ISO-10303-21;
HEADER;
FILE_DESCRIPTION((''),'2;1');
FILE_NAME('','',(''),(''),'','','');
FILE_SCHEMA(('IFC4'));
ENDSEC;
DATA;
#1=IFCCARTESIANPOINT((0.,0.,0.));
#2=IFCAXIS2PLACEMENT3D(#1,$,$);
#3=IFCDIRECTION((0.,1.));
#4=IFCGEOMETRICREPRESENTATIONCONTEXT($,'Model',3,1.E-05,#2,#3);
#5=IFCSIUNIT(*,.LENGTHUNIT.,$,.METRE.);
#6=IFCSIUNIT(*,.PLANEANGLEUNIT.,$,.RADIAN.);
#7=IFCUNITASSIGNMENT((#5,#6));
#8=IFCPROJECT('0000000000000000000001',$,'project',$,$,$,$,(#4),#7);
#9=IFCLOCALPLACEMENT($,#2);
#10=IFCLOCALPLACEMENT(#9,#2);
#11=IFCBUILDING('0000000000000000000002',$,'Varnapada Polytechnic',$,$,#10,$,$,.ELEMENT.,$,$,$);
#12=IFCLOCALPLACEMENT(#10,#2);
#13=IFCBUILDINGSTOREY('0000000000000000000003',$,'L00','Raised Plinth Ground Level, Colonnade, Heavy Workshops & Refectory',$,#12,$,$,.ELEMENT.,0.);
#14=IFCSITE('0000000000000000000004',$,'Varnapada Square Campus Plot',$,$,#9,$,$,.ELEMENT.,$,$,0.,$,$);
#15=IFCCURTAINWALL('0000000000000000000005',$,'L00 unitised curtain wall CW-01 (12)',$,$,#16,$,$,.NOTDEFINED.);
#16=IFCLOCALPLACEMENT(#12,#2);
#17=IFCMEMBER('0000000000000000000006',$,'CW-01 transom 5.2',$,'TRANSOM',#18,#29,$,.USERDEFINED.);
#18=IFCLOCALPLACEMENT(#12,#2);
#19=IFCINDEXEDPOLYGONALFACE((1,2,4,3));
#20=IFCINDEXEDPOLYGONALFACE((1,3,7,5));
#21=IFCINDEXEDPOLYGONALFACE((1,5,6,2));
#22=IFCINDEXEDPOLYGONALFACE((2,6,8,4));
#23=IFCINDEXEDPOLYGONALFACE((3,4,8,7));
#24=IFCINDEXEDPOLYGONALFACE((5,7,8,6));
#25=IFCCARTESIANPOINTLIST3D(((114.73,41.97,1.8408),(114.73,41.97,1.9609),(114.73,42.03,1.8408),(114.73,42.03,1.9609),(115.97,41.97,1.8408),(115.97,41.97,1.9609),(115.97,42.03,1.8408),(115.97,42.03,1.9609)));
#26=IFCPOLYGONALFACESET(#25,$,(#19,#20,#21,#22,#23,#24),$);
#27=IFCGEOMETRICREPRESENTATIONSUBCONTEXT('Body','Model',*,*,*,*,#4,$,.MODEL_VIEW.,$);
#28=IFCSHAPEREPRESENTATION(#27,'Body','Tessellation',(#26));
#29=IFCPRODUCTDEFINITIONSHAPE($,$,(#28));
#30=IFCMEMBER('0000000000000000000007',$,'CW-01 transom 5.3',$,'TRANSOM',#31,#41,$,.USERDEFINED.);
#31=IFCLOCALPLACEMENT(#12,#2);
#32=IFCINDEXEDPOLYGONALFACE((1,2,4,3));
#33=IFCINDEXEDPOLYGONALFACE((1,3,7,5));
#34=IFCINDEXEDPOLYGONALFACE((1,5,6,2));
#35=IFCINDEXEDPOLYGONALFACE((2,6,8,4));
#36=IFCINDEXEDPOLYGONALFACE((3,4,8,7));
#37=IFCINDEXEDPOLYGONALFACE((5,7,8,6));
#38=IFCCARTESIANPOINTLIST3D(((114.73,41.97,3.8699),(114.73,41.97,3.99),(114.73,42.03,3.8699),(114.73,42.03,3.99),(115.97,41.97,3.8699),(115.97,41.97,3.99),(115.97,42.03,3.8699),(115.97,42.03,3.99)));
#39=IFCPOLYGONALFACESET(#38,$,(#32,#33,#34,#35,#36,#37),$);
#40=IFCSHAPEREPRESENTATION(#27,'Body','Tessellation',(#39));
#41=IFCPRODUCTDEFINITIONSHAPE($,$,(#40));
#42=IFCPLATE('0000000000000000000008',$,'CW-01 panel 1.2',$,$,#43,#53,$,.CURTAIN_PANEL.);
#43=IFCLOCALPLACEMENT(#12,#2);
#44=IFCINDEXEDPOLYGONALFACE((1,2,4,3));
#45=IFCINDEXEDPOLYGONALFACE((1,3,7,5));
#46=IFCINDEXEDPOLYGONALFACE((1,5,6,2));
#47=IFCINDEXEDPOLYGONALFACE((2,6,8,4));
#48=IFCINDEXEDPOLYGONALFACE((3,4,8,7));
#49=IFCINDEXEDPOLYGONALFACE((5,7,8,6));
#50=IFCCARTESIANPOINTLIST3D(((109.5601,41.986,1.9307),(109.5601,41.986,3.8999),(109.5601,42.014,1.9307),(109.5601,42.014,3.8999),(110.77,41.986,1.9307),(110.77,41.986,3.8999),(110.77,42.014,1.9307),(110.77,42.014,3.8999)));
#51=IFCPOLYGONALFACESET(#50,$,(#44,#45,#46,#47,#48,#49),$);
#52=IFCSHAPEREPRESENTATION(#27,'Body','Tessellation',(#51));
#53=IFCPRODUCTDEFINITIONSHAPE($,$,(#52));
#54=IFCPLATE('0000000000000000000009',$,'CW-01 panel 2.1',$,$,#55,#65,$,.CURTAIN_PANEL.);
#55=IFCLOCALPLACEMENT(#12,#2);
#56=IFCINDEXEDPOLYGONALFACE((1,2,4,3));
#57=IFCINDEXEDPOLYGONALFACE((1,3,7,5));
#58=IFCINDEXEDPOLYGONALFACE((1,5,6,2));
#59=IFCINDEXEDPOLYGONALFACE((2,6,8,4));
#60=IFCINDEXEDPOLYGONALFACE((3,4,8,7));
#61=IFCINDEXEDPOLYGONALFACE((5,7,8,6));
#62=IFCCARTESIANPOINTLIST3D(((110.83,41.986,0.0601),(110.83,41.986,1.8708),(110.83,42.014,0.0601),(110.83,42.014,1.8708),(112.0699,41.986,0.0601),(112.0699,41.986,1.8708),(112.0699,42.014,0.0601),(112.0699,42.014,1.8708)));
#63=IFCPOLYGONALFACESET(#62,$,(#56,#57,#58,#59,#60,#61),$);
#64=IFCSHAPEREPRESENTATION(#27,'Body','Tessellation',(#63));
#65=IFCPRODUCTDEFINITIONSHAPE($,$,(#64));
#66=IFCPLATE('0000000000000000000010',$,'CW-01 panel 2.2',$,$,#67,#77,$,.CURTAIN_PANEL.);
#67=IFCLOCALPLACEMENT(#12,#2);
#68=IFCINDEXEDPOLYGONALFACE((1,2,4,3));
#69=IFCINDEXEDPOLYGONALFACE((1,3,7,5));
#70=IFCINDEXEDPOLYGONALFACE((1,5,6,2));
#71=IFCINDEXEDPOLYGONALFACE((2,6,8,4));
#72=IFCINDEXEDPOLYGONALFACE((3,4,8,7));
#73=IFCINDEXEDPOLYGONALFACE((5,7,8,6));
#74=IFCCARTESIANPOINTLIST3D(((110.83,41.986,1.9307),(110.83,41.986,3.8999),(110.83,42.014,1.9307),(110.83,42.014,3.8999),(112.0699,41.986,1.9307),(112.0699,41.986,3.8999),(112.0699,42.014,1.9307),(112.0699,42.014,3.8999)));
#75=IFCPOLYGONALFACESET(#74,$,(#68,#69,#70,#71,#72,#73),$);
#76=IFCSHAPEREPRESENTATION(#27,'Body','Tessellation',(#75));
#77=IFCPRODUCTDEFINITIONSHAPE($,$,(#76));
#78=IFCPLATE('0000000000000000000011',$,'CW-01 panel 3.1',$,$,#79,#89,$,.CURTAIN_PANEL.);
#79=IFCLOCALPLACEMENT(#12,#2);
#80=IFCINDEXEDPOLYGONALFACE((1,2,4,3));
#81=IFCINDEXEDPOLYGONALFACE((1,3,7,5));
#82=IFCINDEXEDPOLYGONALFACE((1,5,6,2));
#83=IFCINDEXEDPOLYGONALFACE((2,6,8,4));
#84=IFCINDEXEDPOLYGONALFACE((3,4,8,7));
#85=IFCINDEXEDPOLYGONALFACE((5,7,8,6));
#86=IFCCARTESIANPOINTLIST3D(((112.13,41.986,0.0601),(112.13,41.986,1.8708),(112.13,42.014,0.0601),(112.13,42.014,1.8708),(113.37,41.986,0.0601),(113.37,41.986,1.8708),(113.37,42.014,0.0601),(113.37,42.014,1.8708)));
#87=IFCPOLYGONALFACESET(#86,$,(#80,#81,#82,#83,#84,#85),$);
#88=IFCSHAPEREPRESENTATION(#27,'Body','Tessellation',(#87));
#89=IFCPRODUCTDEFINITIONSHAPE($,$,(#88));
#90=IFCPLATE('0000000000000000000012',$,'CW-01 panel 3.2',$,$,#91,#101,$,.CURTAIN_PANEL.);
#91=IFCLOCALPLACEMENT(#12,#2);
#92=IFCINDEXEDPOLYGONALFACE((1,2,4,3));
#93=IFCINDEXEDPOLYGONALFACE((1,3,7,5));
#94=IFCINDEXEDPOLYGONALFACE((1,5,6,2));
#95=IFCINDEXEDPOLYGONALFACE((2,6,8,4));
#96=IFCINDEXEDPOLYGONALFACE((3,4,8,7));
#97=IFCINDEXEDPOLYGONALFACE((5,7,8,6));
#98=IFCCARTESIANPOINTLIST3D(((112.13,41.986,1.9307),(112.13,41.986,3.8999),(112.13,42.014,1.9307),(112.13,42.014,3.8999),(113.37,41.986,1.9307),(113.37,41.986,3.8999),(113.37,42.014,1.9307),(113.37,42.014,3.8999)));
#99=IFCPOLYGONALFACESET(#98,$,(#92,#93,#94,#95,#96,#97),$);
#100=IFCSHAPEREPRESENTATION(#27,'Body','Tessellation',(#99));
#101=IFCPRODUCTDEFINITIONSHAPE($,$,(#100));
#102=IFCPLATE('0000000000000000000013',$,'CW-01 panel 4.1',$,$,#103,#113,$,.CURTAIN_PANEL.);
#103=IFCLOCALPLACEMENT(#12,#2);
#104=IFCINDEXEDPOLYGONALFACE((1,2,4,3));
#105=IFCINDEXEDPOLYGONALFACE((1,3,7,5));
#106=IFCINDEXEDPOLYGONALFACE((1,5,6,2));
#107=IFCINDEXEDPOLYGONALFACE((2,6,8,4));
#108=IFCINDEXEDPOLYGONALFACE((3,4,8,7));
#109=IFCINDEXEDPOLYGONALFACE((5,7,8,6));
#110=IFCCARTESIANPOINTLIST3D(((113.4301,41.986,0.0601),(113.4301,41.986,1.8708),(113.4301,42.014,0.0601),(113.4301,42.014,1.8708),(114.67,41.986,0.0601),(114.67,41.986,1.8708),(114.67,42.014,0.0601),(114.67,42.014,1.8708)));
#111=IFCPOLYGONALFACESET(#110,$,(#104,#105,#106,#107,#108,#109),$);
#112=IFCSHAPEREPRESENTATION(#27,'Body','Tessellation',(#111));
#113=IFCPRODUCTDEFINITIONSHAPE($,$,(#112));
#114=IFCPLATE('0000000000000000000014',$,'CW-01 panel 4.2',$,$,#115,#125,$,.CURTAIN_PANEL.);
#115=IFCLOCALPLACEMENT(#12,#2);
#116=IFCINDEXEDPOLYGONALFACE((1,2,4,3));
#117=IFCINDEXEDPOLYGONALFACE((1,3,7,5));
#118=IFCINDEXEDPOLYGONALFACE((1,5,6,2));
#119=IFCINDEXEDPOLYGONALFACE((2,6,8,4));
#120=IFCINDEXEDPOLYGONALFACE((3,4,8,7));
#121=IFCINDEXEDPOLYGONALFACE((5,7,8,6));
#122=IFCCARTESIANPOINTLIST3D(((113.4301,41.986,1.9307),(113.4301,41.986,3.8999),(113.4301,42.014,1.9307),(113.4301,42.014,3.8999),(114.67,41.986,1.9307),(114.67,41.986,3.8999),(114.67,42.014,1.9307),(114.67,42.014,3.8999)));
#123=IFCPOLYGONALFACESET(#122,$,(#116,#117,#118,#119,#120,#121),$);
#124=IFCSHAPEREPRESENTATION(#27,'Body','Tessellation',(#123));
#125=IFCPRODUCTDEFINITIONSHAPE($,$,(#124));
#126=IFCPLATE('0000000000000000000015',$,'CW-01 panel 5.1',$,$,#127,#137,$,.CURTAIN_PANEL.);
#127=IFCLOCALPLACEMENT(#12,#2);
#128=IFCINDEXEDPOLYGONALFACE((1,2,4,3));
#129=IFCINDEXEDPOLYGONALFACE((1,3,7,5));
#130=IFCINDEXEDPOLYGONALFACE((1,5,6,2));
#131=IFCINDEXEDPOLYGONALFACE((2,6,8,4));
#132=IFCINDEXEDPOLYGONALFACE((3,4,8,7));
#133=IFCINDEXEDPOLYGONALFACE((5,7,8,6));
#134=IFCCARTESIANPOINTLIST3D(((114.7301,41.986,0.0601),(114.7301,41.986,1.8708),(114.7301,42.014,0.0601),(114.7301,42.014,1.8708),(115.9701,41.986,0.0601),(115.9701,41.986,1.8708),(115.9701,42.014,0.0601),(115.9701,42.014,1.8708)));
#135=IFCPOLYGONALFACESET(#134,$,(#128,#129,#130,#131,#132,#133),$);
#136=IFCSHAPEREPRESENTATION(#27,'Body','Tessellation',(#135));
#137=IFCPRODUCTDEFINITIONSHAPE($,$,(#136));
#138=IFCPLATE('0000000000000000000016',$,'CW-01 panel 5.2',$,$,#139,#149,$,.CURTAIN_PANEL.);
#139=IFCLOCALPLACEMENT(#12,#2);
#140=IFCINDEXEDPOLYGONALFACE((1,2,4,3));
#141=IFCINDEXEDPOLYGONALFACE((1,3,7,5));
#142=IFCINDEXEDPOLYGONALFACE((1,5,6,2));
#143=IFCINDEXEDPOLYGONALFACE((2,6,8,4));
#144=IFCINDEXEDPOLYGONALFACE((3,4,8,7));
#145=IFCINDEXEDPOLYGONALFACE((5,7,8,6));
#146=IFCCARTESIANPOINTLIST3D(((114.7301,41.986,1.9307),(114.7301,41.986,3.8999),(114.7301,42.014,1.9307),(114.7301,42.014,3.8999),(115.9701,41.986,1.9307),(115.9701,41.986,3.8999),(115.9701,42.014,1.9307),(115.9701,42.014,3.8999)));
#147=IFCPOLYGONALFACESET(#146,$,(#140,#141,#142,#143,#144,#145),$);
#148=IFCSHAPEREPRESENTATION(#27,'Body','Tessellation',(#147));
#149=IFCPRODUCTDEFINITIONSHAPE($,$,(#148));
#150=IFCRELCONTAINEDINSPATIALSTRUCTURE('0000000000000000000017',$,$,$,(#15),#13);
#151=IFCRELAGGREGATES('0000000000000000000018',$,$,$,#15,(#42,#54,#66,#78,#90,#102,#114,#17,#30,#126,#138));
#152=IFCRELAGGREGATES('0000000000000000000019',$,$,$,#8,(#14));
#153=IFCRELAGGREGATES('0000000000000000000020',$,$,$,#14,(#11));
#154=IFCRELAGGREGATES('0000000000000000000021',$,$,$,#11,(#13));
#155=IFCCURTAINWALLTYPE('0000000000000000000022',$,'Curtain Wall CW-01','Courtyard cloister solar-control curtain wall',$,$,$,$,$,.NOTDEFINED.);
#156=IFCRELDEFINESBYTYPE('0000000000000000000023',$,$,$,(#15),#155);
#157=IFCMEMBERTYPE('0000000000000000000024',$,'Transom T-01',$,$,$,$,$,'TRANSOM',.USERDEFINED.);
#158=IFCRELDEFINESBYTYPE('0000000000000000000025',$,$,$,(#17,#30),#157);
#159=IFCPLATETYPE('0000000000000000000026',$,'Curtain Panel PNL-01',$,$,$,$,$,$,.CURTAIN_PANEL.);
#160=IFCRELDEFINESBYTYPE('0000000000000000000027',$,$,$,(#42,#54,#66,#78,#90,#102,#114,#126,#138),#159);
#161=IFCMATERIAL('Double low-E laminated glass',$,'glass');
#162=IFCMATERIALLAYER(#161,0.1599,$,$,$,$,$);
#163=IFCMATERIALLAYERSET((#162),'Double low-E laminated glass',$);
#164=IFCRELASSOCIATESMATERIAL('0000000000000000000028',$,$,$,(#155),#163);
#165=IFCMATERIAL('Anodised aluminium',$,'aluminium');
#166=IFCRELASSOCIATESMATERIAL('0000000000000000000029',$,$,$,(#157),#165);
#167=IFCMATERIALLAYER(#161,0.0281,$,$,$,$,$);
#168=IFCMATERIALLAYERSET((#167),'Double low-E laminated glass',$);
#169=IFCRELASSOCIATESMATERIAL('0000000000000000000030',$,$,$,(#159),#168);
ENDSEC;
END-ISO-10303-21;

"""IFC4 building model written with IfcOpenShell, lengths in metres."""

from ifc_helpers import new_model, si_unit, direction, frame, origin, origin_2d, place, context, subcontext, project, spatial, rectangle, extrude, material, layer, layer_set, material_profile, profile_set, type_object, element, aggregate, save


model = new_model("IFC4")

# Units and contexts
model_context = context("Model", 3, precision=1e-05, world=origin(), true_north=direction((0.0, 1.0)))
body_context = subcontext(model_context, "Body", "Model", "MODEL_VIEW")
ifc_project = project(units=[si_unit("LENGTHUNIT", "METRE"), si_unit("PLANEANGLEUNIT", "RADIAN")], contexts=[model_context])

# Site, building, storey
site_placement = place(None, origin())
site = spatial("IfcSite", under=ifc_project, at=site_placement, Name="Varnapada Square Campus Plot", CompositionType="ELEMENT", RefElevation=0.0)
building_placement = place(site_placement, origin())
building = spatial("IfcBuilding", under=site, at=building_placement, Name="Varnapada Polytechnic", CompositionType="ELEMENT")
storey_placement = place(building_placement, origin())
storey = spatial("IfcBuildingStorey", under=building, at=storey_placement, Name="L00", Description="Raised Plinth Ground Level, Colonnade, Heavy Workshops & Refectory", CompositionType="ELEMENT", Elevation=0.0)

# Curtain wall, members, plates
ifc_material_1 = material(Name="Double low-E laminated glass", Category="glass")
ifc_layer_1 = layer(ifc_material_1, 0.1599)
ifc_layer_set_1 = layer_set([ifc_layer_1], Name="Double low-E laminated glass")
curtain_wall_type = type_object("IfcCurtainWallType", Name="Curtain Wall CW-01", Description="Courtyard cloister solar-control curtain wall", PredefinedType="NOTDEFINED", material=ifc_layer_set_1)
curtain_wall_placement = place(storey_placement, origin())
curtain_wall = element("IfcCurtainWall", 1, at=curtain_wall_placement, inside=storey, type_object=curtain_wall_type, Name="L00 unitised curtain wall CW-01 (12)", PredefinedType="NOTDEFINED")
ifc_material_2 = material(Name="Anodised aluminium", Category="aluminium")
ifc_material_profile_1 = material_profile(ifc_material_2, rectangle(XDim=0.0601, YDim=0.1201, at=origin_2d()), Name="ALU T60x120")
ifc_profile_set_1 = profile_set([ifc_material_profile_1], Name="Anodised aluminium")
member_type_1 = type_object("IfcMemberType", Name="Transom T-01", ElementType="TRANSOM", PredefinedType="USERDEFINED", material=ifc_profile_set_1)
member_1_placement = place(storey_placement, frame((114.73, 42.0, 1.9009), z_axis=(1.0, 0.0, 0.0), x_axis=(0.0, 1.0, 0.0)))
member_1 = element("IfcMember", 2, at=member_1_placement, type_object=member_type_1, Name="CW-01 transom 5.2", ObjectType="TRANSOM", PredefinedType="USERDEFINED", context=body_context, shape_type="SweptSolid", body=[
    extrude(rectangle(XDim=0.0601, YDim=0.1201, at=origin_2d()), origin(), (0.0, 0.0, 1.0), 1.24),
])
member_2_placement = place(storey_placement, frame((114.73, 42.0, 3.9299), z_axis=(1.0, 0.0, 0.0), x_axis=(0.0, 1.0, 0.0)))
member_2 = element("IfcMember", 3, at=member_2_placement, type_object=member_type_1, Name="CW-01 transom 5.3", ObjectType="TRANSOM", PredefinedType="USERDEFINED", context=body_context, shape_type="SweptSolid", body=[
    extrude(rectangle(XDim=0.0601, YDim=0.1201, at=origin_2d()), origin(), (0.0, 0.0, 1.0), 1.24),
])
ifc_layer_2 = layer(ifc_material_1, 0.0281)
ifc_layer_set_2 = layer_set([ifc_layer_2], Name="Double low-E laminated glass")
plate_type = type_object("IfcPlateType", Name="Curtain Panel PNL-01", PredefinedType="CURTAIN_PANEL", material=ifc_layer_set_2)
plate_1_placement = place(storey_placement, frame((110.165, 42.0, 1.9307), z_axis=(0.0, 0.0, 1.0), x_axis=(1.0, 0.0, 0.0)))
plate_1 = element("IfcPlate", 4, at=plate_1_placement, type_object=plate_type, Name="CW-01 panel 1.2", PredefinedType="CURTAIN_PANEL", context=body_context, shape_type="SweptSolid", body=[
    extrude(rectangle(XDim=1.21, YDim=0.0281, at=origin_2d()), origin(), (0.0, 0.0, 1.0), 1.9692),
])
plate_2_placement = place(storey_placement, frame((111.45, 42.0, 0.0601), z_axis=(0.0, 0.0, 1.0), x_axis=(1.0, 0.0, 0.0)))
plate_2 = element("IfcPlate", 5, at=plate_2_placement, type_object=plate_type, Name="CW-01 panel 2.1", PredefinedType="CURTAIN_PANEL", context=body_context, shape_type="SweptSolid", body=[
    extrude(rectangle(XDim=1.24, YDim=0.0281, at=origin_2d()), origin(), (0.0, 0.0, 1.0), 1.8108),
])
plate_3_placement = place(storey_placement, frame((111.45, 42.0, 1.9307), z_axis=(0.0, 0.0, 1.0), x_axis=(1.0, 0.0, 0.0)))
plate_3 = element("IfcPlate", 6, at=plate_3_placement, type_object=plate_type, Name="CW-01 panel 2.2", PredefinedType="CURTAIN_PANEL", context=body_context, shape_type="SweptSolid", body=[
    extrude(rectangle(XDim=1.24, YDim=0.0281, at=origin_2d()), origin(), (0.0, 0.0, 1.0), 1.9692),
])
plate_4_placement = place(storey_placement, frame((112.75, 42.0, 0.0601), z_axis=(0.0, 0.0, 1.0), x_axis=(1.0, 0.0, 0.0)))
plate_4 = element("IfcPlate", 7, at=plate_4_placement, type_object=plate_type, Name="CW-01 panel 3.1", PredefinedType="CURTAIN_PANEL", context=body_context, shape_type="SweptSolid", body=[
    extrude(rectangle(XDim=1.24, YDim=0.0281, at=origin_2d()), origin(), (0.0, 0.0, 1.0), 1.8108),
])
plate_5_placement = place(storey_placement, frame((112.75, 42.0, 1.9307), z_axis=(0.0, 0.0, 1.0), x_axis=(1.0, 0.0, 0.0)))
plate_5 = element("IfcPlate", 8, at=plate_5_placement, type_object=plate_type, Name="CW-01 panel 3.2", PredefinedType="CURTAIN_PANEL", context=body_context, shape_type="SweptSolid", body=[
    extrude(rectangle(XDim=1.24, YDim=0.0281, at=origin_2d()), origin(), (0.0, 0.0, 1.0), 1.9692),
])
plate_6_placement = place(storey_placement, frame((114.05, 42.0, 0.0601), z_axis=(0.0, 0.0, 1.0), x_axis=(1.0, 0.0, 0.0)))
plate_6 = element("IfcPlate", 9, at=plate_6_placement, type_object=plate_type, Name="CW-01 panel 4.1", PredefinedType="CURTAIN_PANEL", context=body_context, shape_type="SweptSolid", body=[
    extrude(rectangle(XDim=1.24, YDim=0.0281, at=origin_2d()), origin(), (0.0, 0.0, 1.0), 1.8108),
])
plate_7_placement = place(storey_placement, frame((114.05, 42.0, 1.9307), z_axis=(0.0, 0.0, 1.0), x_axis=(1.0, 0.0, 0.0)))
plate_7 = element("IfcPlate", 10, at=plate_7_placement, type_object=plate_type, Name="CW-01 panel 4.2", PredefinedType="CURTAIN_PANEL", context=body_context, shape_type="SweptSolid", body=[
    extrude(rectangle(XDim=1.24, YDim=0.0281, at=origin_2d()), origin(), (0.0, 0.0, 1.0), 1.9692),
])
plate_8_placement = place(storey_placement, frame((115.3501, 42.0, 0.0601), z_axis=(0.0, 0.0, 1.0), x_axis=(1.0, 0.0, 0.0)))
plate_8 = element("IfcPlate", 11, at=plate_8_placement, type_object=plate_type, Name="CW-01 panel 5.1", PredefinedType="CURTAIN_PANEL", context=body_context, shape_type="SweptSolid", body=[
    extrude(rectangle(XDim=1.24, YDim=0.0281, at=origin_2d()), origin(), (0.0, 0.0, 1.0), 1.8108),
])
plate_9_placement = place(storey_placement, frame((115.3501, 42.0, 1.9307), z_axis=(0.0, 0.0, 1.0), x_axis=(1.0, 0.0, 0.0)))
plate_9 = element("IfcPlate", 12, at=plate_9_placement, type_object=plate_type, Name="CW-01 panel 5.2", PredefinedType="CURTAIN_PANEL", context=body_context, shape_type="SweptSolid", body=[
    extrude(rectangle(XDim=1.24, YDim=0.0281, at=origin_2d()), origin(), (0.0, 0.0, 1.0), 1.9692),
])
aggregate(curtain_wall, [plate_1, plate_2, plate_3, plate_4, plate_5, plate_6, plate_7, member_1, member_2, plate_8, plate_9])

save(model, "model.ifc")
